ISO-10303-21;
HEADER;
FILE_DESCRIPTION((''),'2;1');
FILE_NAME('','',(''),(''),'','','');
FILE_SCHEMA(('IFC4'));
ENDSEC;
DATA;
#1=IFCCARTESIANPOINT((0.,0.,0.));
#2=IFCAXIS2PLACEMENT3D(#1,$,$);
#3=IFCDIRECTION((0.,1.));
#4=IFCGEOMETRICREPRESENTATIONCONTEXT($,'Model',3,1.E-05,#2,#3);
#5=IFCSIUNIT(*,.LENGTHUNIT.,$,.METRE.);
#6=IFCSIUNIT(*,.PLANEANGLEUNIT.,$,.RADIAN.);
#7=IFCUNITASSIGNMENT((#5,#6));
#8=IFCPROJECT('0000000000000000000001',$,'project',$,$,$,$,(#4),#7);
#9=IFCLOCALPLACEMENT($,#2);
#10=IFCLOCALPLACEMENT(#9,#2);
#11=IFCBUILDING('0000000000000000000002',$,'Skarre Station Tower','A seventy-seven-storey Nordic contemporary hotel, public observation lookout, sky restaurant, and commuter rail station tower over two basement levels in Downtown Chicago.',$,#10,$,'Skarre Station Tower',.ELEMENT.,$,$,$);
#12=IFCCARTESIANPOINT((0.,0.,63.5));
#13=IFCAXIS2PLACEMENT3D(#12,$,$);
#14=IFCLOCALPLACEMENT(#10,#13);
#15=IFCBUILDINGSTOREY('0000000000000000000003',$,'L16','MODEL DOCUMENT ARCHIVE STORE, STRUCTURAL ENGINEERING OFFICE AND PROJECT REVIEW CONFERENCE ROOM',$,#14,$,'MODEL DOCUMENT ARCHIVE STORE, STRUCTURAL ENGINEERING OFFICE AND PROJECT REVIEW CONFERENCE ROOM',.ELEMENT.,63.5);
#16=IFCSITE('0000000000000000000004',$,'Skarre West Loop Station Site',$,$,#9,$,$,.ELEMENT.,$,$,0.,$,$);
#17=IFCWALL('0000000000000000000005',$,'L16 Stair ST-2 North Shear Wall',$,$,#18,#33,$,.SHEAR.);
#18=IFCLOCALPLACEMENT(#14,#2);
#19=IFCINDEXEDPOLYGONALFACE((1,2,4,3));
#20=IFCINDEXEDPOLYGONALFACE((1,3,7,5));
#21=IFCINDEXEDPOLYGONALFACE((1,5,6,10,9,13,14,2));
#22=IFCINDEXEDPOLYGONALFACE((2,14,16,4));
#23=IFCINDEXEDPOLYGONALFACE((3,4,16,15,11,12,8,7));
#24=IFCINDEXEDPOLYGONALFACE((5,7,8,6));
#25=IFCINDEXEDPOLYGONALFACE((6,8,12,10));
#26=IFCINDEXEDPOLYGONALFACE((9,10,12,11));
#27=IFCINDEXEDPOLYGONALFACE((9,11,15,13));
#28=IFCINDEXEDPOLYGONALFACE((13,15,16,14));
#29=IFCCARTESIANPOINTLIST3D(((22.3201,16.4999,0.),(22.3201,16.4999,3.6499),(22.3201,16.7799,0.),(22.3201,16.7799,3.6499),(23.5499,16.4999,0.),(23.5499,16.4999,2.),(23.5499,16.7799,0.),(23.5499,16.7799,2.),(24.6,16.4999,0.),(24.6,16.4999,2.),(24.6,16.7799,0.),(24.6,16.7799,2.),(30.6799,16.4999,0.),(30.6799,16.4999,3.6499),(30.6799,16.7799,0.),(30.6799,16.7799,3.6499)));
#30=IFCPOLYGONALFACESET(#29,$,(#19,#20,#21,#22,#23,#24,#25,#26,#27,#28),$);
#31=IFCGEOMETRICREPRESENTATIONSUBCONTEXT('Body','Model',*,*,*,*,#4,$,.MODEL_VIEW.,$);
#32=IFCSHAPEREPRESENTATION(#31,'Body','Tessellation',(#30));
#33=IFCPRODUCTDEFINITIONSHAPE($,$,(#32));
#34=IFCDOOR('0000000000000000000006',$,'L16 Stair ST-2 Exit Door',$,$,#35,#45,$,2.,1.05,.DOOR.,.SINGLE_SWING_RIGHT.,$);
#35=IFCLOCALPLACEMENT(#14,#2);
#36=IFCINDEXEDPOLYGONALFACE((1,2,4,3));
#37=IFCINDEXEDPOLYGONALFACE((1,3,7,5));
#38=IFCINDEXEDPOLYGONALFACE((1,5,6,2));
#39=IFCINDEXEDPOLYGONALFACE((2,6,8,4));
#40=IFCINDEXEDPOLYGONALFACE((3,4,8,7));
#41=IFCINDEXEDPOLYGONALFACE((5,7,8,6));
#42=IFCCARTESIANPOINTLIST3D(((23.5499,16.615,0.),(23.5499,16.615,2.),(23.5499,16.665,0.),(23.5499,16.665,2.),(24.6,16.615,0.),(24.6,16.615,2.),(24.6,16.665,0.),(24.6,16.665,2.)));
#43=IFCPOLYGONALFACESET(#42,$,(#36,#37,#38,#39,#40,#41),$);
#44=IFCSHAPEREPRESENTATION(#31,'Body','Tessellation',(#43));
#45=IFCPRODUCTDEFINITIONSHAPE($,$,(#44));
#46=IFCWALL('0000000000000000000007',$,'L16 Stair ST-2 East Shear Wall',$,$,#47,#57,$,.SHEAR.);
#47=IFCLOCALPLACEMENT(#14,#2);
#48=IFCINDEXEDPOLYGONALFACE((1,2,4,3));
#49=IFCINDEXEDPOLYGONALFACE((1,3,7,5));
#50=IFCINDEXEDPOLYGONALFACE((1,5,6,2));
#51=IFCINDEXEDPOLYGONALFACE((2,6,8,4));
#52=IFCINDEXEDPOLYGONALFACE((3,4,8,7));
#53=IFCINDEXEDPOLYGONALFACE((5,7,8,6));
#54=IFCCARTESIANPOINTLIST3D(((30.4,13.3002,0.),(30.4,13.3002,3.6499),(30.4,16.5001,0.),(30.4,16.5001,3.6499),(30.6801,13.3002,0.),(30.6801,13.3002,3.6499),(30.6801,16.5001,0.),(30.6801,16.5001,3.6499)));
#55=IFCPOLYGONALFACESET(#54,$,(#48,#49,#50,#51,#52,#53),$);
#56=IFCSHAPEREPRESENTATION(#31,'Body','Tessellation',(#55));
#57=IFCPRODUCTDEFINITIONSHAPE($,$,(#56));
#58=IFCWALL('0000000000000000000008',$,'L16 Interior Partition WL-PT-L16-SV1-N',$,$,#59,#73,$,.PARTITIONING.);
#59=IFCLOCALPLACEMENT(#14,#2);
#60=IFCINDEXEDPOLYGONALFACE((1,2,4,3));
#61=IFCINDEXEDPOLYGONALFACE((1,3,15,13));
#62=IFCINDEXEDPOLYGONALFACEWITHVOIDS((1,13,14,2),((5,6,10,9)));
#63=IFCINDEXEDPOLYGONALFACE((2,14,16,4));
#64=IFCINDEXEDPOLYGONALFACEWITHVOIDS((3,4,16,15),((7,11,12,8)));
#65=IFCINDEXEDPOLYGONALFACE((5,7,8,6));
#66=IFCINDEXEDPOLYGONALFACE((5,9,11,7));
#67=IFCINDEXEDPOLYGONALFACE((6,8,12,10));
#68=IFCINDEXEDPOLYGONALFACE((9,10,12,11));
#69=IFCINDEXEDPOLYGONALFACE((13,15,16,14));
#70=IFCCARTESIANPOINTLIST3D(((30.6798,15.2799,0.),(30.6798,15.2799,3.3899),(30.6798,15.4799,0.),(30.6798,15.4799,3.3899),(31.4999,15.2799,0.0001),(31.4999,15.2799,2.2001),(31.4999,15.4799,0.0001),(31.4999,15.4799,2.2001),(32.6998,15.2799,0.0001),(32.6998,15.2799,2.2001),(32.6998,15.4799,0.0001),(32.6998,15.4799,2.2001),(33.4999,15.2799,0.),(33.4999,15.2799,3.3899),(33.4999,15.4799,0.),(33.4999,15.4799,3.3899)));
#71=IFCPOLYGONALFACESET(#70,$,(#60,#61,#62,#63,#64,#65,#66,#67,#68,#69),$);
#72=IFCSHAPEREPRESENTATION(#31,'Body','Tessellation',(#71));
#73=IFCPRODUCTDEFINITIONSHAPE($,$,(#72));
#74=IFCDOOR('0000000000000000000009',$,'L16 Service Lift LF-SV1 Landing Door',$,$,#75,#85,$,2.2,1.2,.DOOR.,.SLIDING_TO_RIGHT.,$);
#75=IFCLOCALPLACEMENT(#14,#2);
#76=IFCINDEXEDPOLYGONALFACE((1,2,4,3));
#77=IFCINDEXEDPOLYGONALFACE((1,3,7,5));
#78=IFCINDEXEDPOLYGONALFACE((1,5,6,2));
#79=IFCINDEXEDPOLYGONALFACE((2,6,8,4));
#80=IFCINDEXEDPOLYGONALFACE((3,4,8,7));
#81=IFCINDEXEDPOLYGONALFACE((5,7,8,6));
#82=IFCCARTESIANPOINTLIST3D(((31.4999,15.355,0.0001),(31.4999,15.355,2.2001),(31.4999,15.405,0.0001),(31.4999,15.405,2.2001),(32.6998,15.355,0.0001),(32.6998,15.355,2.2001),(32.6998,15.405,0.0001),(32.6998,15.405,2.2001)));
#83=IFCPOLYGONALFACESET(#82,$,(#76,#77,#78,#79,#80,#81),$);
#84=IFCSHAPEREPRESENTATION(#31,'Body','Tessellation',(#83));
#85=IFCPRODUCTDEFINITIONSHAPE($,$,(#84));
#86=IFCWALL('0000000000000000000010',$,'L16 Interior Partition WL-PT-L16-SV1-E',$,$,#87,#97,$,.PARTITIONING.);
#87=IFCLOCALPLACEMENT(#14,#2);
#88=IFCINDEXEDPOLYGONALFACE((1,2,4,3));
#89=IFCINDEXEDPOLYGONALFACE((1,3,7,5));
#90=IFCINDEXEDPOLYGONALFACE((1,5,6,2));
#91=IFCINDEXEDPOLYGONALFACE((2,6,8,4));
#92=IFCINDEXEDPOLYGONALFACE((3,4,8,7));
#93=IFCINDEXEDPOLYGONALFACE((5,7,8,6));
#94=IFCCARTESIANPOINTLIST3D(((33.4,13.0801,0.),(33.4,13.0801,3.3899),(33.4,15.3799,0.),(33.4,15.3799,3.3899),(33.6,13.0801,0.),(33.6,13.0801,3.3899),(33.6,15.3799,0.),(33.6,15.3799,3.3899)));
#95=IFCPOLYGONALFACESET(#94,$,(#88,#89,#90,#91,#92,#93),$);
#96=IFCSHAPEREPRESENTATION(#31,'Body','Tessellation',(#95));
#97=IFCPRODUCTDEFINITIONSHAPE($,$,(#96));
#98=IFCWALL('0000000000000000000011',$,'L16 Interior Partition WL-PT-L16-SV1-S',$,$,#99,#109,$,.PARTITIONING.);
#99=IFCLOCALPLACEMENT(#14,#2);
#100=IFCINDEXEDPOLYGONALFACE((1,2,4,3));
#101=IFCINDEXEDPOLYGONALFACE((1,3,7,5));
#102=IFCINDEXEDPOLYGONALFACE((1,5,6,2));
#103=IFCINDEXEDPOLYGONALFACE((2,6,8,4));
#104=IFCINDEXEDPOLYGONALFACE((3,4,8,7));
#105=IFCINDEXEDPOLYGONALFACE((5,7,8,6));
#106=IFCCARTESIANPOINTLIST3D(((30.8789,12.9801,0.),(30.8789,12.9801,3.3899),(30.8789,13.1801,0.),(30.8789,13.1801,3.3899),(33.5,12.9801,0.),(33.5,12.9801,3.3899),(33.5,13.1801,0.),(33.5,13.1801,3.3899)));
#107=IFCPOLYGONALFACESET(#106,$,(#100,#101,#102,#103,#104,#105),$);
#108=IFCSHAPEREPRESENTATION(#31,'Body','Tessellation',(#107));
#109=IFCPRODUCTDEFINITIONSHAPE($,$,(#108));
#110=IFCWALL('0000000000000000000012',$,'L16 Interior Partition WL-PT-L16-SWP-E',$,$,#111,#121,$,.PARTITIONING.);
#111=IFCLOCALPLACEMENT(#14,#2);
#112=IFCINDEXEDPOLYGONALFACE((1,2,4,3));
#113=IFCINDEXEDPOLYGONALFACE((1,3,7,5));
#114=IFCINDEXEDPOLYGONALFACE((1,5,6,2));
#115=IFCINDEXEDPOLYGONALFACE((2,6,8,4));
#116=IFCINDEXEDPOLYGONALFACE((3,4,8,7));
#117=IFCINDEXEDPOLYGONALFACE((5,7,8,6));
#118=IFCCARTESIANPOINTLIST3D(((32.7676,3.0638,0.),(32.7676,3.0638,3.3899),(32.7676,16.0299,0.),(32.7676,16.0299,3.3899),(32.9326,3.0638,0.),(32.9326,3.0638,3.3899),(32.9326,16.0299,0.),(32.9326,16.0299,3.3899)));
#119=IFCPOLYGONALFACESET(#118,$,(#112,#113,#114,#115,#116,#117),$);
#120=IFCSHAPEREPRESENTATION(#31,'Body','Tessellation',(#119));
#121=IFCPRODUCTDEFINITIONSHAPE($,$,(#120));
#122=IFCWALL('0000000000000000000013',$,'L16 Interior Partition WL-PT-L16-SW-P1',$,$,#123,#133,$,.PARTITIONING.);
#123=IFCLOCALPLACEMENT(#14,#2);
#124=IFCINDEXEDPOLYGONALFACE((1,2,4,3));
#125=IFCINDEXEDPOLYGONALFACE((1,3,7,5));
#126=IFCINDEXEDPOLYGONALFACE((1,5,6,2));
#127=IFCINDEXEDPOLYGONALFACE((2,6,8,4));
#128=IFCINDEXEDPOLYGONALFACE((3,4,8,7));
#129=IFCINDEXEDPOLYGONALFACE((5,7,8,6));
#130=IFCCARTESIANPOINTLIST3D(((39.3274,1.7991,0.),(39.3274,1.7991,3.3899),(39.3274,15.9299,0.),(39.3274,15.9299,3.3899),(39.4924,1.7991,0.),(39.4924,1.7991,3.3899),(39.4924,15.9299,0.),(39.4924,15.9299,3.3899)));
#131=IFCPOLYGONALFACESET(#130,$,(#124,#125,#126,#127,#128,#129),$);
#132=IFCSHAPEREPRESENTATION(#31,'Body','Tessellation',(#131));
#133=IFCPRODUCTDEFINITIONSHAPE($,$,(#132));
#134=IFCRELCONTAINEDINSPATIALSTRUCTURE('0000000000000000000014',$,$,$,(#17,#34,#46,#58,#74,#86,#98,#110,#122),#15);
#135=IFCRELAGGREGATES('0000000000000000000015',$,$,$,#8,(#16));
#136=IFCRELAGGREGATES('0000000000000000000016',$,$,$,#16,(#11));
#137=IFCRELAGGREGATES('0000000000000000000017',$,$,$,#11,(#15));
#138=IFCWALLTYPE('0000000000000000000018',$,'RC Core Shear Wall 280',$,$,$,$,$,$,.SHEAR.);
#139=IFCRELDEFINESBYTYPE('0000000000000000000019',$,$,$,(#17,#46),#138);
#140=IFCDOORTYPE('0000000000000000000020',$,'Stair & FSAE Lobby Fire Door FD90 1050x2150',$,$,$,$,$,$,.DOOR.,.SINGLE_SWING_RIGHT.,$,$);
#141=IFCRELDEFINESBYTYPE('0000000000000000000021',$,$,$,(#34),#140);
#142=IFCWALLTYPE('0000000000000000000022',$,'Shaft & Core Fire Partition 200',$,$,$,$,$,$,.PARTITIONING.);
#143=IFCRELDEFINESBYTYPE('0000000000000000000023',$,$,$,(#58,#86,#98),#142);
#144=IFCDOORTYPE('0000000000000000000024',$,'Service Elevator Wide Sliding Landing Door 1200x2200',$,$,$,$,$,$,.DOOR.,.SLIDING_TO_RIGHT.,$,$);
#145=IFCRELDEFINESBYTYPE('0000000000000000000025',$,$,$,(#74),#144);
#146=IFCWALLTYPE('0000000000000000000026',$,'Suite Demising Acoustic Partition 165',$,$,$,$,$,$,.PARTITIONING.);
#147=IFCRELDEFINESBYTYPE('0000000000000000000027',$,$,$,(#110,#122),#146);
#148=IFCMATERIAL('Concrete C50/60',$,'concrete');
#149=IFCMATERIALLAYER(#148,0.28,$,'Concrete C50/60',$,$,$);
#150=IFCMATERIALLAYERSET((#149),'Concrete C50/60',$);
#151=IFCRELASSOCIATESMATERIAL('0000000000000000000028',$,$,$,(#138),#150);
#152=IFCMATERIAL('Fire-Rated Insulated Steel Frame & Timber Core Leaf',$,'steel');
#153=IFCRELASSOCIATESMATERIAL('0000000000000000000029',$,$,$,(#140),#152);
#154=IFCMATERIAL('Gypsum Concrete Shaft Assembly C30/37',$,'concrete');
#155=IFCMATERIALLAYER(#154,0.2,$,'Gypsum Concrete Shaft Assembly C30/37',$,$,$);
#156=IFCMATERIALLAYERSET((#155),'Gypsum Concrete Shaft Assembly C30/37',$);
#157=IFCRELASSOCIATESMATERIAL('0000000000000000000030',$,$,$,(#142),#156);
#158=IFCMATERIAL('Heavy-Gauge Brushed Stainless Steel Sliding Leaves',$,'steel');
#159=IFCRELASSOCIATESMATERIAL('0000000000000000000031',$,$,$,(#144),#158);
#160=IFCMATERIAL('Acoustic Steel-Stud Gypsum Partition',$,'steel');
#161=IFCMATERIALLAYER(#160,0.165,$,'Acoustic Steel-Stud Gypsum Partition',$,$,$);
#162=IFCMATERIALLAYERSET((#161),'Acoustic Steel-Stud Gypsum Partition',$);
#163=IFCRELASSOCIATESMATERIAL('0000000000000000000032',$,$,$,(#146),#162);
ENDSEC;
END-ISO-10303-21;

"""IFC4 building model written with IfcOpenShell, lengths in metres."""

from ifc_helpers import new_model, si_unit, direction, frame, frame_2d, origin, place, context, subcontext, project, spatial, rectangle, extrude, material, layer, layer_set, type_object, element, fill, save


model = new_model("IFC4")

# Units and contexts
model_context = context("Model", 3, precision=1e-05, world=origin(), true_north=direction((0.0, 1.0)))
body_context = subcontext(model_context, "Body", "Model", "MODEL_VIEW")
ifc_project = project(units=[si_unit("LENGTHUNIT", "METRE"), si_unit("PLANEANGLEUNIT", "RADIAN")], contexts=[model_context])

# Site, building, storey
site_placement = place(None, origin())
site = spatial("IfcSite", under=ifc_project, at=site_placement, Name="Skarre West Loop Station Site", CompositionType="ELEMENT", RefElevation=0.0)
building_placement = place(site_placement, origin())
building = spatial("IfcBuilding", under=site, at=building_placement, Name="Skarre Station Tower", Description="A seventy-seven-storey Nordic contemporary hotel, public observation lookout, sky restaurant, and commuter rail station tower over two basement levels in Downtown Chicago.", LongName="Skarre Station Tower", CompositionType="ELEMENT")
storey_placement = place(building_placement, frame((0.0, 0.0, 63.5)))
storey = spatial("IfcBuildingStorey", under=building, at=storey_placement, Name="L16", Description="MODEL DOCUMENT ARCHIVE STORE, STRUCTURAL ENGINEERING OFFICE AND PROJECT REVIEW CONFERENCE ROOM", LongName="MODEL DOCUMENT ARCHIVE STORE, STRUCTURAL ENGINEERING OFFICE AND PROJECT REVIEW CONFERENCE ROOM", CompositionType="ELEMENT", Elevation=63.5)

# Shared definitions
ifc_material_1 = material(Name="Acoustic Steel-Stud Gypsum Partition", Category="steel")

# Wall, opening, door
ifc_material_2 = material(Name="Concrete C50/60", Category="concrete")
ifc_layer_1 = layer(ifc_material_2, 0.28, Name="Concrete C50/60")
ifc_layer_set_1 = layer_set([ifc_layer_1], Name="Concrete C50/60")
wall_type_1 = type_object("IfcWallType", Name="RC Core Shear Wall 280", PredefinedType="SHEAR", material=ifc_layer_set_1)
wall_1_placement = place(storey_placement, frame((30.6799, 16.6399, 0.0), z_axis=(0.0, 0.0, 1.0), x_axis=(-1.0, 0.0, 0.0)))
wall_1 = element("IfcWall", 1, at=wall_1_placement, inside=storey, type_object=wall_type_1, Name="L16 Stair ST-2 North Shear Wall", PredefinedType="SHEAR", context=body_context, shape_type="SweptSolid", body=[
    extrude(rectangle(XDim=8.3599, YDim=0.28, at=frame_2d((4.1799, 0.0))), origin(), (0.0, 0.0, 1.0), 3.6499),
])
opening_1_placement = place(wall_1_placement, frame((6.0801, 0.0, 0.0)))
opening_1 = element("IfcOpeningElement", 2, at=opening_1_placement, cuts=wall_1, PredefinedType="OPENING", context=body_context, shape_type="SweptSolid", body=[
    extrude(rectangle(XDim=1.05, YDim=2.0, at=frame_2d((0.5249, 1.0))), frame((0.0, 0.1499, 0.0), z_axis=(0.0, -1.0, 0.0), x_axis=(1.0, 0.0, 0.0)), (0.0, 0.0, 1.0), 0.3),
])
ifc_material_3 = material(Name="Fire-Rated Insulated Steel Frame & Timber Core Leaf", Category="steel")
door_type_1 = type_object("IfcDoorType", Name="Stair & FSAE Lobby Fire Door FD90 1050x2150", OperationType="SINGLE_SWING_RIGHT", PredefinedType="DOOR", material=ifc_material_3)
door_1_placement = place(opening_1_placement, origin())
door_1 = element("IfcDoor", 3, at=door_1_placement, inside=storey, type_object=door_type_1, Name="L16 Stair ST-2 Exit Door", OperationType="SINGLE_SWING_RIGHT", OverallHeight=2.0, OverallWidth=1.05, PredefinedType="DOOR", context=body_context, shape_type="SweptSolid", body=[
    extrude(rectangle(XDim=1.05, YDim=2.0, at=frame_2d((0.5249, 1.0))), frame((0.0, 0.0249, 0.0), z_axis=(0.0, -1.0, 0.0), x_axis=(1.0, 0.0, 0.0)), (0.0, 0.0, 1.0), 0.05),
])
fill(opening_1, door_1)

# Wall
wall_2_placement = place(storey_placement, frame((30.54, 13.3, 0.0), z_axis=(0.0, 0.0, 1.0), x_axis=(0.0, 1.0, 0.0)))
element("IfcWall", 4, at=wall_2_placement, inside=storey, type_object=wall_type_1, Name="L16 Stair ST-2 East Shear Wall", PredefinedType="SHEAR", context=body_context, shape_type="SweptSolid", body=[
    extrude(rectangle(XDim=3.2, YDim=0.28, at=frame_2d((1.6001, 0.0))), origin(), (0.0, 0.0, 1.0), 3.6499),
])

# Wall, opening, door
ifc_material_4 = material(Name="Gypsum Concrete Shaft Assembly C30/37", Category="concrete")
ifc_layer_2 = layer(ifc_material_4, 0.2, Name="Gypsum Concrete Shaft Assembly C30/37")
ifc_layer_set_2 = layer_set([ifc_layer_2], Name="Gypsum Concrete Shaft Assembly C30/37")
wall_type_2 = type_object("IfcWallType", Name="Shaft & Core Fire Partition 200", PredefinedType="PARTITIONING", material=ifc_layer_set_2)
wall_3_placement = place(storey_placement, frame((33.5, 15.3799, 0.0), z_axis=(0.0, 0.0, 1.0), x_axis=(-1.0, 0.0, 0.0)))
wall_3 = element("IfcWall", 5, at=wall_3_placement, inside=storey, type_object=wall_type_2, Name="L16 Interior Partition WL-PT-L16-SV1-N", PredefinedType="PARTITIONING", context=body_context, shape_type="SweptSolid", body=[
    extrude(rectangle(XDim=2.8201, YDim=0.2, at=frame_2d((1.4102, 0.0))), origin(), (0.0, 0.0, 1.0), 3.3899),
])
opening_2_placement = place(wall_3_placement, frame((0.8, 0.0, 0.0)))
opening_2 = element("IfcOpeningElement", 6, at=opening_2_placement, cuts=wall_3, PredefinedType="OPENING", context=body_context, shape_type="SweptSolid", body=[
    extrude(rectangle(XDim=1.2, YDim=2.2, at=frame_2d((0.6001, 1.1001))), frame((0.0, 0.1099, 0.0), z_axis=(0.0, -1.0, 0.0), x_axis=(1.0, 0.0, 0.0)), (0.0, 0.0, 1.0), 0.22),
])
ifc_material_5 = material(Name="Heavy-Gauge Brushed Stainless Steel Sliding Leaves", Category="steel")
door_type_2 = type_object("IfcDoorType", Name="Service Elevator Wide Sliding Landing Door 1200x2200", OperationType="SLIDING_TO_RIGHT", PredefinedType="DOOR", material=ifc_material_5)
door_2_placement = place(opening_2_placement, origin())
door_2 = element("IfcDoor", 7, at=door_2_placement, inside=storey, type_object=door_type_2, Name="L16 Service Lift LF-SV1 Landing Door", OperationType="SLIDING_TO_RIGHT", OverallHeight=2.2, OverallWidth=1.2, PredefinedType="DOOR", context=body_context, shape_type="SweptSolid", body=[
    extrude(rectangle(XDim=1.2, YDim=2.2, at=frame_2d((0.6001, 1.1001))), frame((0.0, 0.0249, 0.0), z_axis=(0.0, -1.0, 0.0), x_axis=(1.0, 0.0, 0.0)), (0.0, 0.0, 1.0), 0.05),
])
fill(opening_2, door_2)

# Walls
wall_4_placement = place(storey_placement, frame((33.5, 13.0801, 0.0), z_axis=(0.0, 0.0, 1.0), x_axis=(0.0, 1.0, 0.0)))
element("IfcWall", 8, at=wall_4_placement, inside=storey, type_object=wall_type_2, Name="L16 Interior Partition WL-PT-L16-SV1-E", PredefinedType="PARTITIONING", context=body_context, shape_type="SweptSolid", body=[
    extrude(rectangle(XDim=2.2998, YDim=0.2, at=frame_2d((1.1499, 0.0))), origin(), (0.0, 0.0, 1.0), 3.3899),
])
wall_5_placement = place(storey_placement, frame((30.8789, 13.0801, 0.0), z_axis=(0.0, 0.0, 1.0), x_axis=(1.0, 0.0, 0.0)))
element("IfcWall", 9, at=wall_5_placement, inside=storey, type_object=wall_type_2, Name="L16 Interior Partition WL-PT-L16-SV1-S", PredefinedType="PARTITIONING", context=body_context, shape_type="SweptSolid", body=[
    extrude(rectangle(XDim=2.6211, YDim=0.2, at=frame_2d((1.3105, 0.0))), origin(), (0.0, 0.0, 1.0), 3.3899),
])
ifc_layer_3 = layer(ifc_material_1, 0.165, Name="Acoustic Steel-Stud Gypsum Partition")
ifc_layer_set_3 = layer_set([ifc_layer_3], Name="Acoustic Steel-Stud Gypsum Partition")
wall_type_3 = type_object("IfcWallType", Name="Suite Demising Acoustic Partition 165", PredefinedType="PARTITIONING", material=ifc_layer_set_3)
wall_6_placement = place(storey_placement, frame((32.8501, 3.064, 0.0), z_axis=(0.0, 0.0, 1.0), x_axis=(0.0, 1.0, 0.0)))
element("IfcWall", 10, at=wall_6_placement, inside=storey, type_object=wall_type_3, Name="L16 Interior Partition WL-PT-L16-SWP-E", PredefinedType="PARTITIONING", context=body_context, shape_type="SweptSolid", body=[
    extrude(rectangle(XDim=12.9661, YDim=0.165, at=frame_2d((6.4829, 0.0))), origin(), (0.0, 0.0, 1.0), 3.3899),
])
wall_7_placement = place(storey_placement, frame((39.4099, 1.7991, 0.0), z_axis=(0.0, 0.0, 1.0), x_axis=(0.0, 1.0, 0.0)))
element("IfcWall", 11, at=wall_7_placement, inside=storey, type_object=wall_type_3, Name="L16 Interior Partition WL-PT-L16-SW-P1", PredefinedType="PARTITIONING", context=body_context, shape_type="SweptSolid", body=[
    extrude(rectangle(XDim=14.1309, YDim=0.165, at=frame_2d((7.0654, 0.0))), origin(), (0.0, 0.0, 1.0), 3.3899),
])

save(model, "model.ifc")
